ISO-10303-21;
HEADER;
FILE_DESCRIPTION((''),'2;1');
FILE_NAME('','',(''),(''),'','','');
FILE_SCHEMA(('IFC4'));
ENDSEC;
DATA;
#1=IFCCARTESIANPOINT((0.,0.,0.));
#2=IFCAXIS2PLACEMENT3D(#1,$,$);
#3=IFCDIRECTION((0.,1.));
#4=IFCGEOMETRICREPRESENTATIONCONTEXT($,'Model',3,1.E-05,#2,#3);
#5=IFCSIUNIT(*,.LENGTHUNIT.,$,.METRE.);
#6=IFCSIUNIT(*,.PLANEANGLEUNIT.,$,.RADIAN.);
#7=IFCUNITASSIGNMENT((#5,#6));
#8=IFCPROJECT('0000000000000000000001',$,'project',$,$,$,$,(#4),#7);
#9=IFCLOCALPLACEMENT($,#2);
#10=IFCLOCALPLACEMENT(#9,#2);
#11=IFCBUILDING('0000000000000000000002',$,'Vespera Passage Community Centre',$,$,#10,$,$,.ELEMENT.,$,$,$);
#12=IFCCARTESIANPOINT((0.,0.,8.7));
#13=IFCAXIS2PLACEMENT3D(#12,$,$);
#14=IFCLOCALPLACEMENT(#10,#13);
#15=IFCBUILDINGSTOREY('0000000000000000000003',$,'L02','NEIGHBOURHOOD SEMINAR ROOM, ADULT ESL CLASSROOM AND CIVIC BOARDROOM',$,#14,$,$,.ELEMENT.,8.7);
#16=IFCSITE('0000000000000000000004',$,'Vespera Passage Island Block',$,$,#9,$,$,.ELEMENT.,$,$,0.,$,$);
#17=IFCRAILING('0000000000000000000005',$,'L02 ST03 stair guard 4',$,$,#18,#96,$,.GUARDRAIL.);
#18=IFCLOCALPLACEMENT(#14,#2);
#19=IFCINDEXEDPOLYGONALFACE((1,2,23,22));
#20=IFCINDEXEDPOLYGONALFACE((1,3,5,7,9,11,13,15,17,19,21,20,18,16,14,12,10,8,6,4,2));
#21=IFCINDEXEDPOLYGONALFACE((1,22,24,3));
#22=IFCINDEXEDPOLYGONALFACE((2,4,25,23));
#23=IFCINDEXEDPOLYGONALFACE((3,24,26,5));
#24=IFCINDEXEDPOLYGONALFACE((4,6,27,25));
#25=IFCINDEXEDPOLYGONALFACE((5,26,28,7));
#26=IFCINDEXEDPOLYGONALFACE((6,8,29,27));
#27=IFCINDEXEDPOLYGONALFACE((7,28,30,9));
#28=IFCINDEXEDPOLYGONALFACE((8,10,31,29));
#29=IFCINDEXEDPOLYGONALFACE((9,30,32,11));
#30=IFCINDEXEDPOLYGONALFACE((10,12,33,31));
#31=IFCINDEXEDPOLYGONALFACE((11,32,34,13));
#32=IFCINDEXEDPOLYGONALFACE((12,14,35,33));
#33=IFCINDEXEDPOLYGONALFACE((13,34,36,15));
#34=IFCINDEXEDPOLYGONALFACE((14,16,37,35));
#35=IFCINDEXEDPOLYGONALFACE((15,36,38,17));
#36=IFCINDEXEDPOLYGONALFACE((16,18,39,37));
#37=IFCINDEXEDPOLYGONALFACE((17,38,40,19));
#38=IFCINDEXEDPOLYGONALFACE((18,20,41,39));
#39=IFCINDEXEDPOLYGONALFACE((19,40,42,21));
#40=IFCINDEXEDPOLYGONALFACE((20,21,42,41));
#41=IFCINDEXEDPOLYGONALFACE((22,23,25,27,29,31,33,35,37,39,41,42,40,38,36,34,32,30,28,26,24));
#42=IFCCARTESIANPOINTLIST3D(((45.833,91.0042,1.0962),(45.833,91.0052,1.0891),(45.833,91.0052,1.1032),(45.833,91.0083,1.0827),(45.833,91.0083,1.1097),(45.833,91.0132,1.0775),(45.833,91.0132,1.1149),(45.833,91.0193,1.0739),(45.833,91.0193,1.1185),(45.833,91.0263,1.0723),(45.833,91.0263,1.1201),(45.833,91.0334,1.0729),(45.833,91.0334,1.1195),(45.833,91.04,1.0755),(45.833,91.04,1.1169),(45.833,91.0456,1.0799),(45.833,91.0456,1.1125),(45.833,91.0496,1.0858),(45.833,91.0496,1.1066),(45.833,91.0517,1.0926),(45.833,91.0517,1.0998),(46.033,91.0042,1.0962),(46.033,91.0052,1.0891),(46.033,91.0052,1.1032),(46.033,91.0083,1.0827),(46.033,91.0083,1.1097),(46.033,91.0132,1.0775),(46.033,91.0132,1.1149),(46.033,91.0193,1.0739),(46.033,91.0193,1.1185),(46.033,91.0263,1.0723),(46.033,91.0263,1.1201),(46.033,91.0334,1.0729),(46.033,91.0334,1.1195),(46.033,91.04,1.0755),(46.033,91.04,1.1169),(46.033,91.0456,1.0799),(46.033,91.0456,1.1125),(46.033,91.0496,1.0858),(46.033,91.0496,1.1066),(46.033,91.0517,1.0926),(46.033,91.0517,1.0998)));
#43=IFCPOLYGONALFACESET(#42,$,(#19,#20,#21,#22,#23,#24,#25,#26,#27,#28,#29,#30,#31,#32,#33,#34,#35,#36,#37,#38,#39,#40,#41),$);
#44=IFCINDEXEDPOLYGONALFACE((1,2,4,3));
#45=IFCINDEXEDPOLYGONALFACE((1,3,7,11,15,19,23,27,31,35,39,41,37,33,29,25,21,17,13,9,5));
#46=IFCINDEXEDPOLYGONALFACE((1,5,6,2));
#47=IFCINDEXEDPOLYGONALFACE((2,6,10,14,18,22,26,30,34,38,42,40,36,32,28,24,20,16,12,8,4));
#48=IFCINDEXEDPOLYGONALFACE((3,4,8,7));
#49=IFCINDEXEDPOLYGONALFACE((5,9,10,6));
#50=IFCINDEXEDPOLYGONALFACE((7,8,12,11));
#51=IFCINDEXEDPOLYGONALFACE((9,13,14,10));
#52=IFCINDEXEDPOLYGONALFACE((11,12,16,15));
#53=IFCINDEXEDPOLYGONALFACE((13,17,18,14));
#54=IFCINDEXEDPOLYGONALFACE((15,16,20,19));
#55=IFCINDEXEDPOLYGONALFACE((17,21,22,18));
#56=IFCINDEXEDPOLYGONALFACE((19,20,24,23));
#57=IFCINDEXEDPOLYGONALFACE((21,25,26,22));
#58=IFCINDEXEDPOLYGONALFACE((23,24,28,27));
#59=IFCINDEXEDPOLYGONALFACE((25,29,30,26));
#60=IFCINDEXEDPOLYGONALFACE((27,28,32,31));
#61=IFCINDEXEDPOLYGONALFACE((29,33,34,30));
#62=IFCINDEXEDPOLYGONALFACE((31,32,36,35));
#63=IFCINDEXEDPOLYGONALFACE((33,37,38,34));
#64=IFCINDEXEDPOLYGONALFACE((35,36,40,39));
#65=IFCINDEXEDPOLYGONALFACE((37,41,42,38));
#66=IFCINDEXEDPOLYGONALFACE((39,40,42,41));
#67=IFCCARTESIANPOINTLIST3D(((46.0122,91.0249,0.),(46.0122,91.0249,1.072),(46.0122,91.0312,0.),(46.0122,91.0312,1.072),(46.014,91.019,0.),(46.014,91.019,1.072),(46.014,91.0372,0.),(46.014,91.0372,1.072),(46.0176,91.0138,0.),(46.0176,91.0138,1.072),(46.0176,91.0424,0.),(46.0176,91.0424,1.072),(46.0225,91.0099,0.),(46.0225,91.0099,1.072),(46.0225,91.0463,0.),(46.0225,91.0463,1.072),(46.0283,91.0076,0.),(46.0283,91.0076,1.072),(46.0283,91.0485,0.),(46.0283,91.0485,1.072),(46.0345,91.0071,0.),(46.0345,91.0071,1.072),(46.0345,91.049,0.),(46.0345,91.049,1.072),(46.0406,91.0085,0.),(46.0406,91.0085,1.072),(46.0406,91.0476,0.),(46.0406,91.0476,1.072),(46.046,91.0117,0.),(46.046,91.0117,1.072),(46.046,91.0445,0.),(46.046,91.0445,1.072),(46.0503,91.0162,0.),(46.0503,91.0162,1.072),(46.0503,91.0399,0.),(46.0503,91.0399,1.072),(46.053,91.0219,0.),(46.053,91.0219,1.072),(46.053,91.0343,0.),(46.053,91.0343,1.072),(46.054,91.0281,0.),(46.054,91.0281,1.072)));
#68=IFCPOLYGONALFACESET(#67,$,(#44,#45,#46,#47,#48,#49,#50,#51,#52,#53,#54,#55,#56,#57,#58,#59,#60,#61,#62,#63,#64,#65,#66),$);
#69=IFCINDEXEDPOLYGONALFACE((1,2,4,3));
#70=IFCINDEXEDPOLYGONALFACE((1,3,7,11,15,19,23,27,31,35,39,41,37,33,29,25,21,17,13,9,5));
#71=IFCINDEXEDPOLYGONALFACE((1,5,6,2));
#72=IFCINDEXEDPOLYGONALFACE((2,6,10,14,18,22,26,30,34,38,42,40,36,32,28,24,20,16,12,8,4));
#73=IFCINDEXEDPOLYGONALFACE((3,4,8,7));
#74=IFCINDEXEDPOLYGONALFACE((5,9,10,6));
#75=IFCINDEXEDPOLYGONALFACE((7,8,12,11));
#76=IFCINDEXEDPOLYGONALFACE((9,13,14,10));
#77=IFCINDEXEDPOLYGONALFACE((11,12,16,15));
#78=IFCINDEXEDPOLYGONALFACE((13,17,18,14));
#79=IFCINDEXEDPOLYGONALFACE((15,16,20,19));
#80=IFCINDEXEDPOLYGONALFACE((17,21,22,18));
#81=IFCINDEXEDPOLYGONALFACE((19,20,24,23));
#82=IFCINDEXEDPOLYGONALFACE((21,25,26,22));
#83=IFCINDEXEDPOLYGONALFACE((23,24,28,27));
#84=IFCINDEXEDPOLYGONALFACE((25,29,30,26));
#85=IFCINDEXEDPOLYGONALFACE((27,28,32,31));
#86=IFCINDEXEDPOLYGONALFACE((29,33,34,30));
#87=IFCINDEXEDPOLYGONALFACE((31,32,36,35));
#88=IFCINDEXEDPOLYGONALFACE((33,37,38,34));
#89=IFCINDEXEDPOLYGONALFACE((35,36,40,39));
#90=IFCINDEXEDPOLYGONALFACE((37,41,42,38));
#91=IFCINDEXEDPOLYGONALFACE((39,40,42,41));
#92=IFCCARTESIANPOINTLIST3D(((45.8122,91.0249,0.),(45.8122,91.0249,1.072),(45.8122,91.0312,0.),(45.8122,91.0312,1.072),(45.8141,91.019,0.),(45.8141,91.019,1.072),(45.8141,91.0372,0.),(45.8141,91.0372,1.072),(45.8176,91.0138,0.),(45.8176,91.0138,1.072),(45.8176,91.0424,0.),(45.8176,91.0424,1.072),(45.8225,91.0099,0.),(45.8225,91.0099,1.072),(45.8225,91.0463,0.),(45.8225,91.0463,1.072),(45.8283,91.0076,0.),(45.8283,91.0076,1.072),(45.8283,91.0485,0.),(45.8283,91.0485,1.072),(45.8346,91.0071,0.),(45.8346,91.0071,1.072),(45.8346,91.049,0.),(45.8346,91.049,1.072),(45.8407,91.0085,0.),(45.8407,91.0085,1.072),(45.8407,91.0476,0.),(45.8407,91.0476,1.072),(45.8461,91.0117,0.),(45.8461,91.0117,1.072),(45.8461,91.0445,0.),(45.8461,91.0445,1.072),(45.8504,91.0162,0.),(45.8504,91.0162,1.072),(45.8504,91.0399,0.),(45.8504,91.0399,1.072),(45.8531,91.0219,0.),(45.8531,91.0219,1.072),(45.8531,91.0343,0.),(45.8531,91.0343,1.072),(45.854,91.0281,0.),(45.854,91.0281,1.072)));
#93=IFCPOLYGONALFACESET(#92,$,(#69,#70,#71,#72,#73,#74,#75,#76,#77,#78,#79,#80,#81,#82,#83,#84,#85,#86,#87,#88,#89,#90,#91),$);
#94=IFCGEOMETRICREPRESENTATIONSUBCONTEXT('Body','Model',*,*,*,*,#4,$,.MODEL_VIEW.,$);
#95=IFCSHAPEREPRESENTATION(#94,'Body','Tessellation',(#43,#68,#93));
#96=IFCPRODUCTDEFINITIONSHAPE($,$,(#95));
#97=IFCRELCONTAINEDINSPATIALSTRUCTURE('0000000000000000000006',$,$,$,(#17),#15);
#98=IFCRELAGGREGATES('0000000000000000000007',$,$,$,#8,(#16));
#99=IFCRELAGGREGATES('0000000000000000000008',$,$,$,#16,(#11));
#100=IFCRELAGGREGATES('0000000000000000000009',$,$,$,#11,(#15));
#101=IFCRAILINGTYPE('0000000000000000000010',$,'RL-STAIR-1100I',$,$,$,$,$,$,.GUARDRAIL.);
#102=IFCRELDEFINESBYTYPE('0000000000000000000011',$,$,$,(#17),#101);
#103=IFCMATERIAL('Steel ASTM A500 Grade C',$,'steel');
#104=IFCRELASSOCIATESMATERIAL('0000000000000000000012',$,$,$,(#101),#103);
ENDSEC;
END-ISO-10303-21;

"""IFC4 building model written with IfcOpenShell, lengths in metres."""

from ifc_helpers import new_model, si_unit, direction, frame, origin, origin_2d, place, context, subcontext, project, spatial, circle, extrude, material, type_object, element, save


model = new_model("IFC4")

# Units and contexts
model_context = context("Model", 3, precision=1e-05, world=origin(), true_north=direction((0.0, 1.0)))
body_context = subcontext(model_context, "Body", "Model", "MODEL_VIEW")
ifc_project = project(units=[si_unit("LENGTHUNIT", "METRE"), si_unit("PLANEANGLEUNIT", "RADIAN")], contexts=[model_context])

# Site, building, storey
site_placement = place(None, origin())
site = spatial("IfcSite", under=ifc_project, at=site_placement, Name="Vespera Passage Island Block", CompositionType="ELEMENT", RefElevation=0.0)
building_placement = place(site_placement, origin())
building = spatial("IfcBuilding", under=site, at=building_placement, Name="Vespera Passage Community Centre", CompositionType="ELEMENT")
storey_placement = place(building_placement, frame((0.0, 0.0, 8.7)))
storey = spatial("IfcBuildingStorey", under=building, at=storey_placement, Name="L02", Description="NEIGHBOURHOOD SEMINAR ROOM, ADULT ESL CLASSROOM AND CIVIC BOARDROOM", CompositionType="ELEMENT", Elevation=8.7)

# Railing
ifc_material_1 = material(Name="Steel ASTM A500 Grade C", Category="steel")
railing_type_1 = type_object("IfcRailingType", Name="RL-STAIR-1100I", PredefinedType="GUARDRAIL", material=ifc_material_1)
railing_1_placement = place(storey_placement, frame((46.033, 91.0281, 0.0)))
element("IfcRailing", 1, at=railing_1_placement, inside=storey, type_object=railing_type_1, Name="L02 ST03 stair guard 4", PredefinedType="GUARDRAIL", context=body_context, shape_type="SweptSolid", body=[
    extrude(circle(Radius=0.0239, at=origin_2d()), frame((0.0, 0.0, 1.0962), z_axis=(-1.0, 0.0, 0.0), x_axis=(0.0, -1.0, 0.0)), (0.0, 0.0, 1.0), 0.2),
    extrude(circle(Radius=0.021, at=origin_2d()), origin(), (0.0, 0.0, 1.0), 1.072),
    extrude(circle(Radius=0.021, at=origin_2d()), frame((-0.2, 0.0, 0.0)), (0.0, 0.0, 1.0), 1.072),
])

save(model, "model.ifc")
